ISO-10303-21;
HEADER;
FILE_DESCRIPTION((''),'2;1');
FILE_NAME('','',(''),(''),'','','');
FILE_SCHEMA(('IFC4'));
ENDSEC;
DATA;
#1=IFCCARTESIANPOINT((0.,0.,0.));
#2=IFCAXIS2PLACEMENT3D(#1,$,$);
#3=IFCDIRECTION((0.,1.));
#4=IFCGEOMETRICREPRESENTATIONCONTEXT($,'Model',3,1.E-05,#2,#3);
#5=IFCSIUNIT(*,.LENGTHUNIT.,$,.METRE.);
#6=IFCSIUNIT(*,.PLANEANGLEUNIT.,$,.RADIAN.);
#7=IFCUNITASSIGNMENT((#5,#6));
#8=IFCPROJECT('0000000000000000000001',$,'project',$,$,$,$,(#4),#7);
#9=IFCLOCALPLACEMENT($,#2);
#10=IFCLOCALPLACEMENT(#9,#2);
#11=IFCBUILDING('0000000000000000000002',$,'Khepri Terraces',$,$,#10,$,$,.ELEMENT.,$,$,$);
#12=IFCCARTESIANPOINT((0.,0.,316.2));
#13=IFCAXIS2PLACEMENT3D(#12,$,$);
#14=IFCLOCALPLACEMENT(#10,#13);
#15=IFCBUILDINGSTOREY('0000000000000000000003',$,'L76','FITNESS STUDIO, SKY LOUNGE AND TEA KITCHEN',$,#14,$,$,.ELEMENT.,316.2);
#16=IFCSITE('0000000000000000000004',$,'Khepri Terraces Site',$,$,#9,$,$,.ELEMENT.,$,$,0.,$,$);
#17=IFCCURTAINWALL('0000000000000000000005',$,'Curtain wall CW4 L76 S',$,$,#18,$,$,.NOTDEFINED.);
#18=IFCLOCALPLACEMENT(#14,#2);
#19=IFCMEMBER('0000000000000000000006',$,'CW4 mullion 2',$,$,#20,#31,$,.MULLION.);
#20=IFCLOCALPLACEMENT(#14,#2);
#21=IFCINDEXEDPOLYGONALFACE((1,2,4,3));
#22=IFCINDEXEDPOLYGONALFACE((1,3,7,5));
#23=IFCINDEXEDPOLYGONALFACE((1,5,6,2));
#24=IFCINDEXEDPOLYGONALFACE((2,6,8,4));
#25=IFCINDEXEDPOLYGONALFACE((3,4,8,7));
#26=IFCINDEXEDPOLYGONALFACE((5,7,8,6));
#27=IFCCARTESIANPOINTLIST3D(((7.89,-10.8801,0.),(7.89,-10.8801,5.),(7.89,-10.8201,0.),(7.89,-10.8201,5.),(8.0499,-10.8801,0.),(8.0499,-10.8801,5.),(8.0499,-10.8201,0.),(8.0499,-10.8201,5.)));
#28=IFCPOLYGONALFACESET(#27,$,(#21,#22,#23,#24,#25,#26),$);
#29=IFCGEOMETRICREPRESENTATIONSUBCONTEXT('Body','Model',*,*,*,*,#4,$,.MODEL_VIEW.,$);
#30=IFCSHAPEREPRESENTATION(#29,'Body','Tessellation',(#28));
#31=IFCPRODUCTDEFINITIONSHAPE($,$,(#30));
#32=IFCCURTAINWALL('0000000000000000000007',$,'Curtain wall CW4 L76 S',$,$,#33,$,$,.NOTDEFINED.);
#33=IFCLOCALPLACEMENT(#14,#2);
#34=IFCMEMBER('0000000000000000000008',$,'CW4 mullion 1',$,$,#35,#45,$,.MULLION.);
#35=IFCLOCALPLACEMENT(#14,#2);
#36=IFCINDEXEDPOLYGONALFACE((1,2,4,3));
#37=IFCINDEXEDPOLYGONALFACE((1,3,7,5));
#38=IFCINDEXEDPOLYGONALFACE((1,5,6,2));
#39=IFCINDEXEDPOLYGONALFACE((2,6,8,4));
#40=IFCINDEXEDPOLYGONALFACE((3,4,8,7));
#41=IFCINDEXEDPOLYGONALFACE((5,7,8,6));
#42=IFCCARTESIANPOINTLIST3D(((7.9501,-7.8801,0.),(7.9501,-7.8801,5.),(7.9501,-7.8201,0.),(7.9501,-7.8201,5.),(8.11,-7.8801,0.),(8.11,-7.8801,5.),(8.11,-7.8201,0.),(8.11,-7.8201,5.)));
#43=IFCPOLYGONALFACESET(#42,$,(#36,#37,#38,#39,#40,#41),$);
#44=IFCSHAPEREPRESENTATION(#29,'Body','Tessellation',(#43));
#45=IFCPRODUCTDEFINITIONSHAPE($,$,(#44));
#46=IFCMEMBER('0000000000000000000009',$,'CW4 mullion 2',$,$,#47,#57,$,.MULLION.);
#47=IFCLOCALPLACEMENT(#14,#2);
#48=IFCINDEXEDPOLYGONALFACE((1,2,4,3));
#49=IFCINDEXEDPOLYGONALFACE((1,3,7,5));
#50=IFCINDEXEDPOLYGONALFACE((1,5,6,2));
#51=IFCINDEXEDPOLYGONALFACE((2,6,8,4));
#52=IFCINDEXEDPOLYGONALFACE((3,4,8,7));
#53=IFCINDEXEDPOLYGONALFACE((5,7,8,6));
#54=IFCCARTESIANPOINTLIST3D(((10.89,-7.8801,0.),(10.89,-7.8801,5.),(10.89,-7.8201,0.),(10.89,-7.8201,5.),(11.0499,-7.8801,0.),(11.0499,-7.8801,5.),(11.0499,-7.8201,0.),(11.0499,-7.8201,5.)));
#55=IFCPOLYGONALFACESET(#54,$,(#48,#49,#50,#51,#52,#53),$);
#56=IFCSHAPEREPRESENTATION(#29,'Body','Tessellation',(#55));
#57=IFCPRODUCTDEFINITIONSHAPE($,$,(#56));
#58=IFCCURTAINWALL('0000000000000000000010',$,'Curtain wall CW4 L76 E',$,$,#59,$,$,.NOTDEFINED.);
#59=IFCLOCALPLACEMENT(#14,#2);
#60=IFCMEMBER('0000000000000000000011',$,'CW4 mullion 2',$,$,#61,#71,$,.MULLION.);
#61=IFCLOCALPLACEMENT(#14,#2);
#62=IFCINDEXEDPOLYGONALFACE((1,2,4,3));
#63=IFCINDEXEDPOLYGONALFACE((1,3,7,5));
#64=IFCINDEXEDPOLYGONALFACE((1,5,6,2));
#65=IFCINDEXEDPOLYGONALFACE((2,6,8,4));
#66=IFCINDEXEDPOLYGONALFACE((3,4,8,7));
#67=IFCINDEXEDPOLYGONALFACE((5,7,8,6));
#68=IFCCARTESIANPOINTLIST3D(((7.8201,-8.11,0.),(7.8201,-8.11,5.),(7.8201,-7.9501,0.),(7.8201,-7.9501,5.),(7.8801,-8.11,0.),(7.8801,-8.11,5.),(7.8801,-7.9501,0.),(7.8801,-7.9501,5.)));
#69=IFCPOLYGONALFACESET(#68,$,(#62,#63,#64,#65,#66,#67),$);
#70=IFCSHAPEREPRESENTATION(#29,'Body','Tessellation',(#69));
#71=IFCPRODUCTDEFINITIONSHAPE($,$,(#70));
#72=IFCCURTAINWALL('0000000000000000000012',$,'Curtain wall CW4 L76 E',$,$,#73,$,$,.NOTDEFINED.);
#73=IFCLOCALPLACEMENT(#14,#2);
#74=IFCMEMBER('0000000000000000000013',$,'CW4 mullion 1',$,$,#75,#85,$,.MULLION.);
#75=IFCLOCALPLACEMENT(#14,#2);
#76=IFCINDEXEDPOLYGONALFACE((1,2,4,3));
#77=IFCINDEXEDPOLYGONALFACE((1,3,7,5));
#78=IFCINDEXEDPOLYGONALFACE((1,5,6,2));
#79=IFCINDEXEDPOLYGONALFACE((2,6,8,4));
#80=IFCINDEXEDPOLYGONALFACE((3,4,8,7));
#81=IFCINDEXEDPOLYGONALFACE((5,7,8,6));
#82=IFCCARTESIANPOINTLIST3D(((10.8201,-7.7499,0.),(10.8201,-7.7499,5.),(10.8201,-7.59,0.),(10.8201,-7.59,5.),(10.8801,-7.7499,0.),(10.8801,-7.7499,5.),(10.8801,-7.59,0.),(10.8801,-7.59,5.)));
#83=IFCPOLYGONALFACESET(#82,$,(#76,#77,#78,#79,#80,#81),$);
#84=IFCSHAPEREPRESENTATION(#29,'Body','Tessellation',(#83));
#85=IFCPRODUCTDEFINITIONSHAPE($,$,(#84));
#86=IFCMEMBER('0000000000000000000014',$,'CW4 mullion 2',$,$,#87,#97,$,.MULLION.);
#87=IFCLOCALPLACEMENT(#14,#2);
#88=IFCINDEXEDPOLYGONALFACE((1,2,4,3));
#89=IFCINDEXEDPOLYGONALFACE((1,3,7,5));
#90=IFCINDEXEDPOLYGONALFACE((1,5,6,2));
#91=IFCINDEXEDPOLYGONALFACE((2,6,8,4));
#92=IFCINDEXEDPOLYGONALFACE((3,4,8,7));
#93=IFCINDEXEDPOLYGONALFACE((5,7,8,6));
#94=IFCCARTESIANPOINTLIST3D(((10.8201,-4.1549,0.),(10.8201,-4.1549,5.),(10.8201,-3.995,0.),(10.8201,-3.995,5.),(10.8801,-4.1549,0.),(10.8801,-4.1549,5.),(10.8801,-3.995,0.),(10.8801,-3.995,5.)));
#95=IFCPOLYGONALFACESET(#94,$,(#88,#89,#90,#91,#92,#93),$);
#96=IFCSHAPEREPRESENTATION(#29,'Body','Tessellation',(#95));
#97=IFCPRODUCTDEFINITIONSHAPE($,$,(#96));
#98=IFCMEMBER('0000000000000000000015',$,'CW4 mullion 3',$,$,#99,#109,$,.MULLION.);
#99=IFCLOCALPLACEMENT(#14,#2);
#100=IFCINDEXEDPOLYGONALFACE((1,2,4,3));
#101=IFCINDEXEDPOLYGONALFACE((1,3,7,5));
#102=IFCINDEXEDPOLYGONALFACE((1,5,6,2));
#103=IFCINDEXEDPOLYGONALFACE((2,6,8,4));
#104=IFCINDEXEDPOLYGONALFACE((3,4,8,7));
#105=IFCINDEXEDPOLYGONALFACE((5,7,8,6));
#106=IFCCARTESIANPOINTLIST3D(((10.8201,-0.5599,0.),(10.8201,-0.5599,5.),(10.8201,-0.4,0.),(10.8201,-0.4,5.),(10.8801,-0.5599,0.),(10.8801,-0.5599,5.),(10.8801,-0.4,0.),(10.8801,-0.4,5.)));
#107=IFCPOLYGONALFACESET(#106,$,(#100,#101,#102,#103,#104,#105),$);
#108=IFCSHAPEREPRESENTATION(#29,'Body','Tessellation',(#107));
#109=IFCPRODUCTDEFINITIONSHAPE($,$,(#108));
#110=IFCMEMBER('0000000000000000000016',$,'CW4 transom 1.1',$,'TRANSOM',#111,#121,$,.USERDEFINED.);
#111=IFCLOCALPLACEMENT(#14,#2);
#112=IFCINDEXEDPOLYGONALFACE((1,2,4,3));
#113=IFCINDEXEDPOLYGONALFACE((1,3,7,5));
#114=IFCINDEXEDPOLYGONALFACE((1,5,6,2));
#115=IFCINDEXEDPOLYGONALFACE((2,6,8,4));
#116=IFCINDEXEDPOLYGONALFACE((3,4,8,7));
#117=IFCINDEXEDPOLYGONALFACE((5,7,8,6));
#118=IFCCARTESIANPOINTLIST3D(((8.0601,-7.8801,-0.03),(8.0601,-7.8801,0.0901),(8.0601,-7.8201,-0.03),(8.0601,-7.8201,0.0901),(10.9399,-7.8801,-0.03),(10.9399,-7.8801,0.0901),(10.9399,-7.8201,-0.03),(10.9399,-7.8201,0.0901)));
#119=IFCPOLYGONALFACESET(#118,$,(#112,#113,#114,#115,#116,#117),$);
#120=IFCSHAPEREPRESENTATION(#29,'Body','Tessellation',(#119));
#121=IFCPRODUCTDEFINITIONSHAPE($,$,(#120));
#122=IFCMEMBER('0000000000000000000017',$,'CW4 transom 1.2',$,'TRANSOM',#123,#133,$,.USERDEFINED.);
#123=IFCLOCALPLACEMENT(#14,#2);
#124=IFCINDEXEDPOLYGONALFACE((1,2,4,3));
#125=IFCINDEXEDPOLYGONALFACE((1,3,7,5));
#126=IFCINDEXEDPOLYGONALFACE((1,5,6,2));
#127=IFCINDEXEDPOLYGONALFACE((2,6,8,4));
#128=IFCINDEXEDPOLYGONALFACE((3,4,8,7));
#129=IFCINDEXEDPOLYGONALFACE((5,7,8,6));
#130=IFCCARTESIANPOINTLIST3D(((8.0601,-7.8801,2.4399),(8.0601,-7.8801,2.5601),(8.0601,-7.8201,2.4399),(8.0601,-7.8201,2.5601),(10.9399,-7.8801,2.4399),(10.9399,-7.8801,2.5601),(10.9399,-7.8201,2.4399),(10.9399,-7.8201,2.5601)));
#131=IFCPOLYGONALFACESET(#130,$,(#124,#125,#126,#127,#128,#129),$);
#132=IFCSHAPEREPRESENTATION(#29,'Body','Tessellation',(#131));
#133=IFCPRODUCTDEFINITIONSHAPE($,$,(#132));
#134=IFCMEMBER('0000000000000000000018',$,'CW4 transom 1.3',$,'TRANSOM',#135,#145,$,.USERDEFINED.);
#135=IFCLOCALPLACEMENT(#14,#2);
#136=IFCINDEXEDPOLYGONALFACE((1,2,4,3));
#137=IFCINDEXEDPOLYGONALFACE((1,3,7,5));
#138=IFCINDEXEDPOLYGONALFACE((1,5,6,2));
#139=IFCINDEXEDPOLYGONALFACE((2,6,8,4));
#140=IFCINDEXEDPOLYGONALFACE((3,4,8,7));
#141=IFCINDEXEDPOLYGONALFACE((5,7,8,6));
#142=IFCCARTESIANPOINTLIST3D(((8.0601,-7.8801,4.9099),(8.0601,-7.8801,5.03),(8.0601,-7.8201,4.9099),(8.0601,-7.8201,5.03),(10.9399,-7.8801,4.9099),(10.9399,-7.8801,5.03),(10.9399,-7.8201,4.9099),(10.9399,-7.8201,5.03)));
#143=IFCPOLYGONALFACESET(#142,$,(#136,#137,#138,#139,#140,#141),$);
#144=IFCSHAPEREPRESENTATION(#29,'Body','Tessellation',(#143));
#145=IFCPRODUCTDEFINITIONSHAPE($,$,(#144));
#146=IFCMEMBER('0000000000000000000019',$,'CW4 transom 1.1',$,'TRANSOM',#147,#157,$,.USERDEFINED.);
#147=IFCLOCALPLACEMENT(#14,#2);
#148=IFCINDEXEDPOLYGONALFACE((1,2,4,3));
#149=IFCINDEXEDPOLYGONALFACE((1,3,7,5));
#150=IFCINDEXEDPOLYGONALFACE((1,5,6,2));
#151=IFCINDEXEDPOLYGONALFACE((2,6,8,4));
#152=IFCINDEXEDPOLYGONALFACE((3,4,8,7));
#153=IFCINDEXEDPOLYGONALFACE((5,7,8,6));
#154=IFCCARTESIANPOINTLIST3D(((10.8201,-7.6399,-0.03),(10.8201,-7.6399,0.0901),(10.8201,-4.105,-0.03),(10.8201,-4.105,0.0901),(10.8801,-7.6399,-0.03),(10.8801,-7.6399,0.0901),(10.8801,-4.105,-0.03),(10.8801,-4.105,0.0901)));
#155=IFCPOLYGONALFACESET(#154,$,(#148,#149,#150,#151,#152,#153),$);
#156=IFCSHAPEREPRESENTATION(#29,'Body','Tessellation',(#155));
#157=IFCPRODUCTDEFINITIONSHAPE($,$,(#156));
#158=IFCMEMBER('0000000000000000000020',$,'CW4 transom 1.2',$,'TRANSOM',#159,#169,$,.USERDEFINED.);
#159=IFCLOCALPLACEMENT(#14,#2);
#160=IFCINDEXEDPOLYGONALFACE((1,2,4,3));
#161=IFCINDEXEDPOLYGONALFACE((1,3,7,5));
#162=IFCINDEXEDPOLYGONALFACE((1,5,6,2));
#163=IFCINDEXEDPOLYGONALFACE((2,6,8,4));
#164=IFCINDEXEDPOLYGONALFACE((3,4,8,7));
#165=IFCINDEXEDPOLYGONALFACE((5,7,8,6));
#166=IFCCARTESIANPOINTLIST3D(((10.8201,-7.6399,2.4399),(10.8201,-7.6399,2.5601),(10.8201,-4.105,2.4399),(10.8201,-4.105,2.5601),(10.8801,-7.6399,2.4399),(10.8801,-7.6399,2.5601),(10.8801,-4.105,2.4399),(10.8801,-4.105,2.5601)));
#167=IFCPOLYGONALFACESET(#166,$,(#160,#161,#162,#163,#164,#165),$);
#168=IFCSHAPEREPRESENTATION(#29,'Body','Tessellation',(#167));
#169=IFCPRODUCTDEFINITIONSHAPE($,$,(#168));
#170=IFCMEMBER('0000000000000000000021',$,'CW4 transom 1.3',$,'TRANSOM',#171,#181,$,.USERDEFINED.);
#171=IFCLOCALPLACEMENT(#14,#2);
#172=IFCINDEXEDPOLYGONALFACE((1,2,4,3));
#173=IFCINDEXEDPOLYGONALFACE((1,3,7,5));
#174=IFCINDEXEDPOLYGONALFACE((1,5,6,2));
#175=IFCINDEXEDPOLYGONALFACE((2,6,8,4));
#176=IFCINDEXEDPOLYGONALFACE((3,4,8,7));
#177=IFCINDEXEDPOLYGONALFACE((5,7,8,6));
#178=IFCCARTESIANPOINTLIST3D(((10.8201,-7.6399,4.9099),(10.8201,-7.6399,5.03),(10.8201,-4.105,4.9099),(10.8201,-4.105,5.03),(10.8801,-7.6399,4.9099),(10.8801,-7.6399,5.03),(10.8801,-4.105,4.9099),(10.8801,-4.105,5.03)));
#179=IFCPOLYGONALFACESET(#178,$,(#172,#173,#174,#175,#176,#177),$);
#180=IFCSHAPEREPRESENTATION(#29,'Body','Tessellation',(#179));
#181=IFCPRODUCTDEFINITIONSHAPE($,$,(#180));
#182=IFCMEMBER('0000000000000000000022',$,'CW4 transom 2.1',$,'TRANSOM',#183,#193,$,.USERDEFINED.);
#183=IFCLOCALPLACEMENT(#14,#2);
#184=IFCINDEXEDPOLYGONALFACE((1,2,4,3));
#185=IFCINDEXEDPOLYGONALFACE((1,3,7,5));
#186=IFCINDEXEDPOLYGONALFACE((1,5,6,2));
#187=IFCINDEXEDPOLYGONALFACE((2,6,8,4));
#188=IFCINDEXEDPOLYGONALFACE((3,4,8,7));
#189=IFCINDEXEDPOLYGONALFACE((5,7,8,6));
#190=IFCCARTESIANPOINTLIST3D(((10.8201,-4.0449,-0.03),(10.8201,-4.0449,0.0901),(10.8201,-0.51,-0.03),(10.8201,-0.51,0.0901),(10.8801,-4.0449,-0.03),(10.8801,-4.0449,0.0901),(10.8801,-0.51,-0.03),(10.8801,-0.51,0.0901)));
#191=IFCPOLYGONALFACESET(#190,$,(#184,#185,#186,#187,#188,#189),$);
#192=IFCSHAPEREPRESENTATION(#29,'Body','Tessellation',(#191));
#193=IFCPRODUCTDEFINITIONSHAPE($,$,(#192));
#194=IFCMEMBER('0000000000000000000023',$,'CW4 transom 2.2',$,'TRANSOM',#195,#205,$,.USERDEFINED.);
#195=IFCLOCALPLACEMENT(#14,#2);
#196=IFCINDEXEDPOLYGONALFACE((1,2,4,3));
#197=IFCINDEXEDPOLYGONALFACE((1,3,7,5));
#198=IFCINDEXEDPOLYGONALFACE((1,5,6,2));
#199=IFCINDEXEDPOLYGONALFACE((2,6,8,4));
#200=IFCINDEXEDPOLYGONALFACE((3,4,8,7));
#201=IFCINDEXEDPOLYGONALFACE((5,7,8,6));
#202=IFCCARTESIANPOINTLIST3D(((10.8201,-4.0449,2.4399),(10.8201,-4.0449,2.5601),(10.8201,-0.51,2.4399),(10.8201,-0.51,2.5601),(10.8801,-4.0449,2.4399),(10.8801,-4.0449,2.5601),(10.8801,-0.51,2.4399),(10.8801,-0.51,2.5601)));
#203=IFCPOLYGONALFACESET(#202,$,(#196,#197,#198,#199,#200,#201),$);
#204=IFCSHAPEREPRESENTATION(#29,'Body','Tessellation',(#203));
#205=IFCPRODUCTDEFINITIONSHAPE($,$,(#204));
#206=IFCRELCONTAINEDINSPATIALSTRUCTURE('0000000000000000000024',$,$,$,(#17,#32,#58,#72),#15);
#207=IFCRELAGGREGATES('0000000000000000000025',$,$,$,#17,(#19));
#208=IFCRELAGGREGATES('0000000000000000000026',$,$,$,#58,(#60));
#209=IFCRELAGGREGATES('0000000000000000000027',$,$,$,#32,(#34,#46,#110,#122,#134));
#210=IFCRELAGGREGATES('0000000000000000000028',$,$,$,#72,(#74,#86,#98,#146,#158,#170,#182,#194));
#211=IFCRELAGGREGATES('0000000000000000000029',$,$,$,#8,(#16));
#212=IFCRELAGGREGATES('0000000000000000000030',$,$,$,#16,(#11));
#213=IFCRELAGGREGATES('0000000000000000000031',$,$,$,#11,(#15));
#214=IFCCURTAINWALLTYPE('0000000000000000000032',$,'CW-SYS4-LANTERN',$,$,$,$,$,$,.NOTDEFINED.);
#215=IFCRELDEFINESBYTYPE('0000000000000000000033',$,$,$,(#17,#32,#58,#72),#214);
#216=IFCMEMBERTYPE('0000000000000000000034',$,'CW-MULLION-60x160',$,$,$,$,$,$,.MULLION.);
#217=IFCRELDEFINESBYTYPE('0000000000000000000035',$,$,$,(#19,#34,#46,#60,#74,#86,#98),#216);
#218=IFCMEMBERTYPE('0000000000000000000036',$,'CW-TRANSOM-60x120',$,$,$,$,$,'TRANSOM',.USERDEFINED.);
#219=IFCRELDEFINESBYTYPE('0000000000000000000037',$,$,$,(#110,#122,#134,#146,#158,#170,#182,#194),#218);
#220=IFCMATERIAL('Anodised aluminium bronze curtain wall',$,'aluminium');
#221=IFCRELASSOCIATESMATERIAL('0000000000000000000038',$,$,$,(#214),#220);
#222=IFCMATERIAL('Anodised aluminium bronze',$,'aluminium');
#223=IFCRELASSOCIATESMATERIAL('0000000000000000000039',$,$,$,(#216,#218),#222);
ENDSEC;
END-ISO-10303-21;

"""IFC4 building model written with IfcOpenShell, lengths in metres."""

from ifc_helpers import new_model, si_unit, direction, frame, origin, origin_2d, place, context, subcontext, project, spatial, rectangle, extrude, material, material_profile, profile_set, type_object, element, aggregate, save


model = new_model("IFC4")

# Units and contexts
model_context = context("Model", 3, precision=1e-05, world=origin(), true_north=direction((0.0, 1.0)))
body_context = subcontext(model_context, "Body", "Model", "MODEL_VIEW")
ifc_project = project(units=[si_unit("LENGTHUNIT", "METRE"), si_unit("PLANEANGLEUNIT", "RADIAN")], contexts=[model_context])

# Site, building, storey
site_placement = place(None, origin())
site = spatial("IfcSite", under=ifc_project, at=site_placement, Name="Khepri Terraces Site", CompositionType="ELEMENT", RefElevation=0.0)
building_placement = place(site_placement, origin())
building = spatial("IfcBuilding", under=site, at=building_placement, Name="Khepri Terraces", CompositionType="ELEMENT")
storey_placement = place(building_placement, frame((0.0, 0.0, 316.2)))
storey = spatial("IfcBuildingStorey", under=building, at=storey_placement, Name="L76", Description="FITNESS STUDIO, SKY LOUNGE AND TEA KITCHEN", CompositionType="ELEMENT", Elevation=316.2)

# Curtain wall, member
ifc_material_1 = material(Name="Anodised aluminium bronze curtain wall", Category="aluminium")
curtain_wall_type = type_object("IfcCurtainWallType", Name="CW-SYS4-LANTERN", PredefinedType="NOTDEFINED", material=ifc_material_1)
curtain_wall_1_placement = place(storey_placement, origin())
curtain_wall_1 = element("IfcCurtainWall", 1, at=curtain_wall_1_placement, inside=storey, type_object=curtain_wall_type, Name="Curtain wall CW4 L76 S", PredefinedType="NOTDEFINED")
ifc_material_2 = material(Name="Anodised aluminium bronze", Category="aluminium")
ifc_material_profile_1 = material_profile(ifc_material_2, rectangle(XDim=0.0601, YDim=0.1599, at=origin_2d()), Name="Anodised aluminium bronze", Category="aluminium")
ifc_profile_set_1 = profile_set([ifc_material_profile_1], Name="Anodised aluminium bronze")
member_type_1 = type_object("IfcMemberType", Name="CW-MULLION-60x160", PredefinedType="MULLION", material=ifc_profile_set_1)
member_1_placement = place(storey_placement, frame((7.97, -10.8501, 0.0), z_axis=(0.0, 0.0, 1.0), x_axis=(0.0, 1.0, 0.0)))
member_1 = element("IfcMember", 2, at=member_1_placement, type_object=member_type_1, Name="CW4 mullion 2", PredefinedType="MULLION", context=body_context, shape_type="SweptSolid", body=[
    extrude(rectangle(XDim=0.0601, YDim=0.1599, at=origin_2d()), origin(), (0.0, 0.0, 1.0), 5.0),
])
aggregate(curtain_wall_1, [member_1])

# Curtain wall, members
curtain_wall_2_placement = place(storey_placement, origin())
curtain_wall_2 = element("IfcCurtainWall", 3, at=curtain_wall_2_placement, inside=storey, type_object=curtain_wall_type, Name="Curtain wall CW4 L76 S", PredefinedType="NOTDEFINED")
member_2_placement = place(storey_placement, frame((8.03, -7.8501, 0.0), z_axis=(0.0, 0.0, 1.0), x_axis=(0.0, 1.0, 0.0)))
member_2 = element("IfcMember", 4, at=member_2_placement, type_object=member_type_1, Name="CW4 mullion 1", PredefinedType="MULLION", context=body_context, shape_type="SweptSolid", body=[
    extrude(rectangle(XDim=0.0601, YDim=0.1599, at=origin_2d()), origin(), (0.0, 0.0, 1.0), 5.0),
])
member_3_placement = place(storey_placement, frame((10.97, -7.8501, 0.0), z_axis=(0.0, 0.0, 1.0), x_axis=(0.0, 1.0, 0.0)))
member_3 = element("IfcMember", 5, at=member_3_placement, type_object=member_type_1, Name="CW4 mullion 2", PredefinedType="MULLION", context=body_context, shape_type="SweptSolid", body=[
    extrude(rectangle(XDim=0.0601, YDim=0.1599, at=origin_2d()), origin(), (0.0, 0.0, 1.0), 5.0),
])

# Curtain wall, member
curtain_wall_3_placement = place(storey_placement, origin())
curtain_wall_3 = element("IfcCurtainWall", 6, at=curtain_wall_3_placement, inside=storey, type_object=curtain_wall_type, Name="Curtain wall CW4 L76 E", PredefinedType="NOTDEFINED")
member_4_placement = place(storey_placement, frame((7.8501, -8.03, 0.0), z_axis=(0.0, 0.0, 1.0), x_axis=(-1.0, 0.0, 0.0)))
member_4 = element("IfcMember", 7, at=member_4_placement, type_object=member_type_1, Name="CW4 mullion 2", PredefinedType="MULLION", context=body_context, shape_type="SweptSolid", body=[
    extrude(rectangle(XDim=0.0601, YDim=0.1599, at=origin_2d()), origin(), (0.0, 0.0, 1.0), 5.0),
])
aggregate(curtain_wall_3, [member_4])

# Curtain wall, members
curtain_wall_4_placement = place(storey_placement, origin())
curtain_wall_4 = element("IfcCurtainWall", 8, at=curtain_wall_4_placement, inside=storey, type_object=curtain_wall_type, Name="Curtain wall CW4 L76 E", PredefinedType="NOTDEFINED")
member_5_placement = place(storey_placement, frame((10.8501, -7.6699, 0.0), z_axis=(0.0, 0.0, 1.0), x_axis=(-1.0, 0.0, 0.0)))
member_5 = element("IfcMember", 9, at=member_5_placement, type_object=member_type_1, Name="CW4 mullion 1", PredefinedType="MULLION", context=body_context, shape_type="SweptSolid", body=[
    extrude(rectangle(XDim=0.0601, YDim=0.1599, at=origin_2d()), origin(), (0.0, 0.0, 1.0), 5.0),
])
member_6_placement = place(storey_placement, frame((10.8501, -4.075, 0.0), z_axis=(0.0, 0.0, 1.0), x_axis=(-1.0, 0.0, 0.0)))
member_6 = element("IfcMember", 10, at=member_6_placement, type_object=member_type_1, Name="CW4 mullion 2", PredefinedType="MULLION", context=body_context, shape_type="SweptSolid", body=[
    extrude(rectangle(XDim=0.0601, YDim=0.1599, at=origin_2d()), origin(), (0.0, 0.0, 1.0), 5.0),
])
member_7_placement = place(storey_placement, frame((10.8501, -0.48, 0.0), z_axis=(0.0, 0.0, 1.0), x_axis=(-1.0, 0.0, 0.0)))
member_7 = element("IfcMember", 11, at=member_7_placement, type_object=member_type_1, Name="CW4 mullion 3", PredefinedType="MULLION", context=body_context, shape_type="SweptSolid", body=[
    extrude(rectangle(XDim=0.0601, YDim=0.1599, at=origin_2d()), origin(), (0.0, 0.0, 1.0), 5.0),
])

# Members
ifc_material_profile_2 = material_profile(ifc_material_2, rectangle(XDim=0.0601, YDim=0.1201, at=origin_2d()), Name="Anodised aluminium bronze", Category="aluminium")
ifc_profile_set_2 = profile_set([ifc_material_profile_2], Name="Anodised aluminium bronze")
member_type_2 = type_object("IfcMemberType", Name="CW-TRANSOM-60x120", ElementType="TRANSOM", PredefinedType="USERDEFINED", material=ifc_profile_set_2)
member_8_placement = place(storey_placement, frame((8.0601, -7.8501, 0.03), z_axis=(1.0, 0.0, 0.0), x_axis=(0.0, 1.0, 0.0)))
member_8 = element("IfcMember", 12, at=member_8_placement, type_object=member_type_2, Name="CW4 transom 1.1", ObjectType="TRANSOM", PredefinedType="USERDEFINED", context=body_context, shape_type="SweptSolid", body=[
    extrude(rectangle(XDim=0.0601, YDim=0.1201, at=origin_2d()), origin(), (0.0, 0.0, 1.0), 2.8799),
])
member_9_placement = place(storey_placement, frame((8.0601, -7.8501, 2.5), z_axis=(1.0, 0.0, 0.0), x_axis=(0.0, 1.0, 0.0)))
member_9 = element("IfcMember", 13, at=member_9_placement, type_object=member_type_2, Name="CW4 transom 1.2", ObjectType="TRANSOM", PredefinedType="USERDEFINED", context=body_context, shape_type="SweptSolid", body=[
    extrude(rectangle(XDim=0.0601, YDim=0.1201, at=origin_2d()), origin(), (0.0, 0.0, 1.0), 2.8799),
])
member_10_placement = place(storey_placement, frame((8.0601, -7.8501, 4.97), z_axis=(1.0, 0.0, 0.0), x_axis=(0.0, 1.0, 0.0)))
member_10 = element("IfcMember", 14, at=member_10_placement, type_object=member_type_2, Name="CW4 transom 1.3", ObjectType="TRANSOM", PredefinedType="USERDEFINED", context=body_context, shape_type="SweptSolid", body=[
    extrude(rectangle(XDim=0.0601, YDim=0.1201, at=origin_2d()), origin(), (0.0, 0.0, 1.0), 2.8799),
])
member_11_placement = place(storey_placement, frame((10.8501, -7.6399, 0.03), z_axis=(0.0, 1.0, 0.0), x_axis=(-1.0, 0.0, 0.0)))
member_11 = element("IfcMember", 15, at=member_11_placement, type_object=member_type_2, Name="CW4 transom 1.1", ObjectType="TRANSOM", PredefinedType="USERDEFINED", context=body_context, shape_type="SweptSolid", body=[
    extrude(rectangle(XDim=0.0601, YDim=0.1201, at=origin_2d()), origin(), (0.0, 0.0, 1.0), 3.5349),
])
member_12_placement = place(storey_placement, frame((10.8501, -7.6399, 2.5), z_axis=(0.0, 1.0, 0.0), x_axis=(-1.0, 0.0, 0.0)))
member_12 = element("IfcMember", 16, at=member_12_placement, type_object=member_type_2, Name="CW4 transom 1.2", ObjectType="TRANSOM", PredefinedType="USERDEFINED", context=body_context, shape_type="SweptSolid", body=[
    extrude(rectangle(XDim=0.0601, YDim=0.1201, at=origin_2d()), origin(), (0.0, 0.0, 1.0), 3.5349),
])
member_13_placement = place(storey_placement, frame((10.8501, -7.6399, 4.97), z_axis=(0.0, 1.0, 0.0), x_axis=(-1.0, 0.0, 0.0)))
member_13 = element("IfcMember", 17, at=member_13_placement, type_object=member_type_2, Name="CW4 transom 1.3", ObjectType="TRANSOM", PredefinedType="USERDEFINED", context=body_context, shape_type="SweptSolid", body=[
    extrude(rectangle(XDim=0.0601, YDim=0.1201, at=origin_2d()), origin(), (0.0, 0.0, 1.0), 3.5349),
])
member_14_placement = place(storey_placement, frame((10.8501, -4.0449, 0.03), z_axis=(0.0, 1.0, 0.0), x_axis=(-1.0, 0.0, 0.0)))
member_14 = element("IfcMember", 18, at=member_14_placement, type_object=member_type_2, Name="CW4 transom 2.1", ObjectType="TRANSOM", PredefinedType="USERDEFINED", context=body_context, shape_type="SweptSolid", body=[
    extrude(rectangle(XDim=0.0601, YDim=0.1201, at=origin_2d()), origin(), (0.0, 0.0, 1.0), 3.5349),
])
member_15_placement = place(storey_placement, frame((10.8501, -4.0449, 2.5), z_axis=(0.0, 1.0, 0.0), x_axis=(-1.0, 0.0, 0.0)))
member_15 = element("IfcMember", 19, at=member_15_placement, type_object=member_type_2, Name="CW4 transom 2.2", ObjectType="TRANSOM", PredefinedType="USERDEFINED", context=body_context, shape_type="SweptSolid", body=[
    extrude(rectangle(XDim=0.0601, YDim=0.1201, at=origin_2d()), origin(), (0.0, 0.0, 1.0), 3.5349),
])

aggregate(curtain_wall_2, [member_2, member_3, member_8, member_9, member_10])
aggregate(curtain_wall_4, [member_5, member_6, member_7, member_11, member_12, member_13, member_14, member_15])

save(model, "model.ifc")
